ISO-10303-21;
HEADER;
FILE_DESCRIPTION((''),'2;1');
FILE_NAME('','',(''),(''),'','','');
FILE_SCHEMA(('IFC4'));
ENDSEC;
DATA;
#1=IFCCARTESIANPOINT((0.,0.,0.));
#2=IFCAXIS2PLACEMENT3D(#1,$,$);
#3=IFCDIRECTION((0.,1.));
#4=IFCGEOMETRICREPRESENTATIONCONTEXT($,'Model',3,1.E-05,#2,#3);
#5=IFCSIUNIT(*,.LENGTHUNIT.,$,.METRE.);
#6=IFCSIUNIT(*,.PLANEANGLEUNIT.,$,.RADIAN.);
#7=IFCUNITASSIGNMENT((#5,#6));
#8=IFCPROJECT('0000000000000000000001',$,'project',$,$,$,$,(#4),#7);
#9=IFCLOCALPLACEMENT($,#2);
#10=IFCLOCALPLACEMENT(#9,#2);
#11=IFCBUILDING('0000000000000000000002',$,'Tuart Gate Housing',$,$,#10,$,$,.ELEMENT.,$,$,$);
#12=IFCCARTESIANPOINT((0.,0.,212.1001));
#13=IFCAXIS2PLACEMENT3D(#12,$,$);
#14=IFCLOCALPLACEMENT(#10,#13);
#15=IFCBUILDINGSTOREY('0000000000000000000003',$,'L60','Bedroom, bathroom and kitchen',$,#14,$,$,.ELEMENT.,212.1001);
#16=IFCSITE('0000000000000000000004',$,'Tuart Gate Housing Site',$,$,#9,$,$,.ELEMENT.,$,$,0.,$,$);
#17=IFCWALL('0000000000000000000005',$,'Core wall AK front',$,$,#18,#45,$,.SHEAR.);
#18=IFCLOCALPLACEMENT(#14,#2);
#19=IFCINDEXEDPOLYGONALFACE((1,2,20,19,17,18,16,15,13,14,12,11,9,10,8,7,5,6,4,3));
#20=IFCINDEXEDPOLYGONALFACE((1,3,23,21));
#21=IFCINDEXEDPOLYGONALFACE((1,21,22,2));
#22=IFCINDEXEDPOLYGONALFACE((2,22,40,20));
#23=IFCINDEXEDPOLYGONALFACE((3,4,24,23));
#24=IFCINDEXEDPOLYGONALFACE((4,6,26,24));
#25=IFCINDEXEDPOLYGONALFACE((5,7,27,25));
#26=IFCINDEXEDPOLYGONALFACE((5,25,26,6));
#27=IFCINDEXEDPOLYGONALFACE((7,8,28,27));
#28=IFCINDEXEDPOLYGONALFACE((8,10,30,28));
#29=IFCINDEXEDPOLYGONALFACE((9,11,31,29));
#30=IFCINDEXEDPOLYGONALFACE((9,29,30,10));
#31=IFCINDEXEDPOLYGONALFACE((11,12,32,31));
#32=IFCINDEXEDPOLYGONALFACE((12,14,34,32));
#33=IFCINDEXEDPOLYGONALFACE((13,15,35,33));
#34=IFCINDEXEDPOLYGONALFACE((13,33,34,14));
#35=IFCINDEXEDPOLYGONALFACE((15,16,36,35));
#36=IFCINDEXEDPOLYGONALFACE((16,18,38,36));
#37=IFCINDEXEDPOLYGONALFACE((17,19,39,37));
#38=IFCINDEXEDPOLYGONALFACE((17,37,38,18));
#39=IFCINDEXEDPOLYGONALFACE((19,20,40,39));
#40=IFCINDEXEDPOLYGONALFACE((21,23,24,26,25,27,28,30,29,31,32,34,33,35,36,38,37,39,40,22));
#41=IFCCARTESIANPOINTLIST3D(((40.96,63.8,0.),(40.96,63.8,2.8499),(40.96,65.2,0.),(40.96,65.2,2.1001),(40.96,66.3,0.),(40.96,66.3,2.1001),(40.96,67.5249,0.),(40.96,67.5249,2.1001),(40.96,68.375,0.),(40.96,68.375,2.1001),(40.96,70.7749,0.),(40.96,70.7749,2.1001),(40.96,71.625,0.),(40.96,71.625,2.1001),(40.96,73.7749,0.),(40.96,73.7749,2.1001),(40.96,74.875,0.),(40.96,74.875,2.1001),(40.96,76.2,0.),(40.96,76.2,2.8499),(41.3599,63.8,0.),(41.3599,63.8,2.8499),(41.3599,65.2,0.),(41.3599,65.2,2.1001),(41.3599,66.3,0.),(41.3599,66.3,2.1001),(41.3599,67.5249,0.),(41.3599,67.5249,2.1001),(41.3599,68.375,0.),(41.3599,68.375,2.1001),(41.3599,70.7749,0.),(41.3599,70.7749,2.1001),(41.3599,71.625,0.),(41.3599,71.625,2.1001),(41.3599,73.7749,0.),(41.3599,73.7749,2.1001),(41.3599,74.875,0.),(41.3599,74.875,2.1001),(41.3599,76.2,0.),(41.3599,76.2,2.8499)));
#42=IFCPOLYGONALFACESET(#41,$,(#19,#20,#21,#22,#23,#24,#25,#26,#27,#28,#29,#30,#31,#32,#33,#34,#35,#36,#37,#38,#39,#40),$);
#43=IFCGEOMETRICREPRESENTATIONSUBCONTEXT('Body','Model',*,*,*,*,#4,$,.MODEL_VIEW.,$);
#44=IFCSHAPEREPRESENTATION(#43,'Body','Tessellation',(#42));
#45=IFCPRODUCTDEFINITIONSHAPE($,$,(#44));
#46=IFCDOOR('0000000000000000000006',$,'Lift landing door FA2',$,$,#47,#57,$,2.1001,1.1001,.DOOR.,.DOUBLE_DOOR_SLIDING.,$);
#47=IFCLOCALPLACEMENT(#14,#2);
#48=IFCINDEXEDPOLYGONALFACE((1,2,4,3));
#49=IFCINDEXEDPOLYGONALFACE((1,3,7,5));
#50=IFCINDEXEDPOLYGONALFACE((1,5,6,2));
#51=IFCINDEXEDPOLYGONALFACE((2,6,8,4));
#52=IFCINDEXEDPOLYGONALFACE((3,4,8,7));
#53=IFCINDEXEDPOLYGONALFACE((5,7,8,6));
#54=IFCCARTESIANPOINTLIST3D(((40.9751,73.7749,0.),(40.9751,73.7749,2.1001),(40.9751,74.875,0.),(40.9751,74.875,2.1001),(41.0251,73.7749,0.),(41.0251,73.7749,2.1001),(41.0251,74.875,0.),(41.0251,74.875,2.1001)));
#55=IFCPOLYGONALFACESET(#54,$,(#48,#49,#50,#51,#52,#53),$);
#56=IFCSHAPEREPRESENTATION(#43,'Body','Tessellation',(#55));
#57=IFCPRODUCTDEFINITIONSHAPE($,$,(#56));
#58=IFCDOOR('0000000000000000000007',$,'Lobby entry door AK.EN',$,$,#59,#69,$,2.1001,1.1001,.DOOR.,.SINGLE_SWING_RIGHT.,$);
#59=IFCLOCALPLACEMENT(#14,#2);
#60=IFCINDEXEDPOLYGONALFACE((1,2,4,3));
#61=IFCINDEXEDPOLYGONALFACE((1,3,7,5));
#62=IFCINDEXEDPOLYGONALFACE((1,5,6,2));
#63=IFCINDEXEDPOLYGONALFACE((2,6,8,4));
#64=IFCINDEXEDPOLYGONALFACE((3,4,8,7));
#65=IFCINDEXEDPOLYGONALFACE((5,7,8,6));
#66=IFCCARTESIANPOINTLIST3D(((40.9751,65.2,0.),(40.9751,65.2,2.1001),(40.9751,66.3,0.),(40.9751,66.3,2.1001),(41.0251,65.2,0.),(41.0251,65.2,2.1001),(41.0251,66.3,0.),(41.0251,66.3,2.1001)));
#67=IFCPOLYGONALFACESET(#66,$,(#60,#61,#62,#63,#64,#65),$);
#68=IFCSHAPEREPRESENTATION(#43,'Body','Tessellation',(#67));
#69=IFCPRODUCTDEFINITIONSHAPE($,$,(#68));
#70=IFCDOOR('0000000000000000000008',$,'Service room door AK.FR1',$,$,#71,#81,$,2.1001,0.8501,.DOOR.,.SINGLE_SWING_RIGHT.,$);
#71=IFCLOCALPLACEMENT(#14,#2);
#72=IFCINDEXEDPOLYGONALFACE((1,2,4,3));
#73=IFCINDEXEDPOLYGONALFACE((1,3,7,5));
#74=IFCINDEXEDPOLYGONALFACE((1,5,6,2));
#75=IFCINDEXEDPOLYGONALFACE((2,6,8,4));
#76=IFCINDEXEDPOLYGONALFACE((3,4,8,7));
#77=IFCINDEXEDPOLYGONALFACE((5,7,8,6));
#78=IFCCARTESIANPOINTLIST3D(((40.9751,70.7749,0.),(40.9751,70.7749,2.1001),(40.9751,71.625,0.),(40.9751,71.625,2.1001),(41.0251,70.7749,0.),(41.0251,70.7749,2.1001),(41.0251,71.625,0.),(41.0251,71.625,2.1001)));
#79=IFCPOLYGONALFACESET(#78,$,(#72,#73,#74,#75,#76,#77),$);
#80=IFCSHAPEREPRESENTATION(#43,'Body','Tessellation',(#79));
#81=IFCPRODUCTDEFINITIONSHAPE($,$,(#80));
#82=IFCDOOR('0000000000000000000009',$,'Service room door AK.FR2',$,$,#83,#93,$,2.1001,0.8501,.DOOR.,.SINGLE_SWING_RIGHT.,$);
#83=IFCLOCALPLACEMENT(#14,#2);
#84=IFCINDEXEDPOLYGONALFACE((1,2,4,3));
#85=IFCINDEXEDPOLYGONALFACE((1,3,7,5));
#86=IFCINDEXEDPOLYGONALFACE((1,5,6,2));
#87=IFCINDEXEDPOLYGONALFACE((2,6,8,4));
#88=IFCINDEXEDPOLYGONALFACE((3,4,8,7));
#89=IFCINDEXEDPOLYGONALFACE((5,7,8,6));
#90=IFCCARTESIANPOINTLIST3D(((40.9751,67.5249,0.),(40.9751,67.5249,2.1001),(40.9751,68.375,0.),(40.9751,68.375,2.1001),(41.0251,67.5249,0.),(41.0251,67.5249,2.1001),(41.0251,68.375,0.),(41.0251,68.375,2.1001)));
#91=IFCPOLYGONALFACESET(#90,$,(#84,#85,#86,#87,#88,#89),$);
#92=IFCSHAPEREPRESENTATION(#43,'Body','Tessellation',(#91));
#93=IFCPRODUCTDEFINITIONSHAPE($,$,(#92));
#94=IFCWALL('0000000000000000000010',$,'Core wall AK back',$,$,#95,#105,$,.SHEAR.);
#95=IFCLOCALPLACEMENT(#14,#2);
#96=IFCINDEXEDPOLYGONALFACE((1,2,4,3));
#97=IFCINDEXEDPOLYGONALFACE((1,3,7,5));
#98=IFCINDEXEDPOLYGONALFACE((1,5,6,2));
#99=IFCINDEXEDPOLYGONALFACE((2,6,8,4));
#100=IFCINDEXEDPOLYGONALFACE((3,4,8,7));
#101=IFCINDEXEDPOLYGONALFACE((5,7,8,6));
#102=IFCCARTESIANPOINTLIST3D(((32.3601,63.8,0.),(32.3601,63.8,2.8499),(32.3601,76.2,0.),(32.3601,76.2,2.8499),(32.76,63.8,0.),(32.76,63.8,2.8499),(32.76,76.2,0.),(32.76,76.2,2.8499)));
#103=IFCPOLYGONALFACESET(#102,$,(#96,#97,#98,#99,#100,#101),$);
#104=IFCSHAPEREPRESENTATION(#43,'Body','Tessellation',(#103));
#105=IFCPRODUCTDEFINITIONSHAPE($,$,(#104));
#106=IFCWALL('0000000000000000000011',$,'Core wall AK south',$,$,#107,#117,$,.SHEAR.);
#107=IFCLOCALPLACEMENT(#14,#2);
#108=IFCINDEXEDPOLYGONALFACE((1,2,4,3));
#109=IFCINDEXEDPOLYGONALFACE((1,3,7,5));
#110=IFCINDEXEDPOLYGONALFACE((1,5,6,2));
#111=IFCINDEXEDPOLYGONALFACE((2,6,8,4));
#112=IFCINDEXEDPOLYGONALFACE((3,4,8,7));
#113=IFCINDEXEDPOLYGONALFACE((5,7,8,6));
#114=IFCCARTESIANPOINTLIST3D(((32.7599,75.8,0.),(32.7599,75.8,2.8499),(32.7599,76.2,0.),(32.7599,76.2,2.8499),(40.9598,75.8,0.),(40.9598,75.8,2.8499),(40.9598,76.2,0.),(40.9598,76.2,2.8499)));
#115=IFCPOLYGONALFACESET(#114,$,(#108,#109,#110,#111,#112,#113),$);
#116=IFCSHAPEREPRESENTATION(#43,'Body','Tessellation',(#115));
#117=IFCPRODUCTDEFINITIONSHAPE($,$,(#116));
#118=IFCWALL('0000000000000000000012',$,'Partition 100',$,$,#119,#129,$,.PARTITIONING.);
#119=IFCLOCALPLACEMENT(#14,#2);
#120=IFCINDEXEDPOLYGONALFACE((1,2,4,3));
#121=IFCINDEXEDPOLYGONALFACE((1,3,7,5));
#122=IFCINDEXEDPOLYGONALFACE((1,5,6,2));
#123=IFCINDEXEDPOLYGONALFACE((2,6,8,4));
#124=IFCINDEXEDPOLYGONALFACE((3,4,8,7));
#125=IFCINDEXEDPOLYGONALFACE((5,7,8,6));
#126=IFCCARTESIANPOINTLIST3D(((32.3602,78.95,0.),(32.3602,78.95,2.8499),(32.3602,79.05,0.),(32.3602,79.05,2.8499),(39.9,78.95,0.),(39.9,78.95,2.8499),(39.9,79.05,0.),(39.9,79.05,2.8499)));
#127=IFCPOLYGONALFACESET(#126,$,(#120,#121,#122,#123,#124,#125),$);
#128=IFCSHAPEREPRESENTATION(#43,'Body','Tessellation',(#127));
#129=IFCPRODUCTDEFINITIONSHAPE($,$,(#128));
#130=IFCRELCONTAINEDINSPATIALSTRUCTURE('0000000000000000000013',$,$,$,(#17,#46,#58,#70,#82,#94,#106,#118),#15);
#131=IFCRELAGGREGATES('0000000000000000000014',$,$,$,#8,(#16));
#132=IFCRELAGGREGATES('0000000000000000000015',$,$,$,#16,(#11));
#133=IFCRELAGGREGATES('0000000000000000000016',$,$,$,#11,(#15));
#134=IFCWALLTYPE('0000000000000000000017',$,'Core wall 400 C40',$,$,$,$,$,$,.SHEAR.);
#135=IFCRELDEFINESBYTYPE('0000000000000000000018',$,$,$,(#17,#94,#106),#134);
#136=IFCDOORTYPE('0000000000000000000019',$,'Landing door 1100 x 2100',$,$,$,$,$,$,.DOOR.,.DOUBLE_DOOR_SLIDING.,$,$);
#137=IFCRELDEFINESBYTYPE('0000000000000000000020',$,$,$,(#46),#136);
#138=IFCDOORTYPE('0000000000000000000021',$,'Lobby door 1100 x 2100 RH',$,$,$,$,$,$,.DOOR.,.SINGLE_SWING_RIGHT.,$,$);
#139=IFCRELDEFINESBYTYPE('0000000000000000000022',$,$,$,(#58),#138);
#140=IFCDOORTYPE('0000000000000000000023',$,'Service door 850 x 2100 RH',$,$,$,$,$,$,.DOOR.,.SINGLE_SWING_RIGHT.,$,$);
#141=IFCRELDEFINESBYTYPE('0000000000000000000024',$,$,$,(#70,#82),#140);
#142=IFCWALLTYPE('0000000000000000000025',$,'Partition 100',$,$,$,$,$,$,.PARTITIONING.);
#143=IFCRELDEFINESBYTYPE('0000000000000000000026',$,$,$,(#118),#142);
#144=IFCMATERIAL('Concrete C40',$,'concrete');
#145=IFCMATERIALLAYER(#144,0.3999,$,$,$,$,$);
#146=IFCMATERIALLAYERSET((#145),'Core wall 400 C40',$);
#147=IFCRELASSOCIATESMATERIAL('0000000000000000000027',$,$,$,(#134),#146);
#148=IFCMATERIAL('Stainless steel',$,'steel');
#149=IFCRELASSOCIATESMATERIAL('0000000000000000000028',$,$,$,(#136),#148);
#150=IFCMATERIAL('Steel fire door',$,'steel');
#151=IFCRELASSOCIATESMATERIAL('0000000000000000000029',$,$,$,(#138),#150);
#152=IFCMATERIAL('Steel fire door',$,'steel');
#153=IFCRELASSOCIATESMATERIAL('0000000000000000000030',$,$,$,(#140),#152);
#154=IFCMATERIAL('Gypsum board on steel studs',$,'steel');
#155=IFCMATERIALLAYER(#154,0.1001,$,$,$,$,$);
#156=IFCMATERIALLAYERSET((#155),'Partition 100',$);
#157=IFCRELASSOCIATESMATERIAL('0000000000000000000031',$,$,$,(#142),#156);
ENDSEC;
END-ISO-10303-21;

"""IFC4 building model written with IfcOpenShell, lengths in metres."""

from ifc_helpers import new_model, si_unit, direction, frame, frame_2d, origin, place, context, subcontext, project, spatial, rectangle, extrude, material, layer, layer_set, type_object, element, fill, save


model = new_model("IFC4")

# Units and contexts
model_context = context("Model", 3, precision=1e-05, world=origin(), true_north=direction((0.0, 1.0)))
body_context = subcontext(model_context, "Body", "Model", "MODEL_VIEW")
ifc_project = project(units=[si_unit("LENGTHUNIT", "METRE"), si_unit("PLANEANGLEUNIT", "RADIAN")], contexts=[model_context])

# Site, building, storey
site_placement = place(None, origin())
site = spatial("IfcSite", under=ifc_project, at=site_placement, Name="Tuart Gate Housing Site", CompositionType="ELEMENT", RefElevation=0.0)
building_placement = place(site_placement, origin())
building = spatial("IfcBuilding", under=site, at=building_placement, Name="Tuart Gate Housing", CompositionType="ELEMENT")
storey_placement = place(building_placement, frame((0.0, 0.0, 212.1001)))
storey = spatial("IfcBuildingStorey", under=building, at=storey_placement, Name="L60", Description="Bedroom, bathroom and kitchen", CompositionType="ELEMENT", Elevation=212.1001)

# Wall, openings, doors
ifc_material_1 = material(Name="Concrete C40", Category="concrete")
ifc_layer_1 = layer(ifc_material_1, 0.3999)
ifc_layer_set_1 = layer_set([ifc_layer_1], Name="Core wall 400 C40")
wall_type_1 = type_object("IfcWallType", Name="Core wall 400 C40", PredefinedType="SHEAR", material=ifc_layer_set_1)
wall_1_placement = place(storey_placement, frame((41.1599, 76.2, 0.0), z_axis=(0.0, 0.0, 1.0), x_axis=(0.0, -1.0, 0.0)))
wall_1 = element("IfcWall", 1, at=wall_1_placement, inside=storey, type_object=wall_type_1, Name="Core wall AK front", PredefinedType="SHEAR", context=body_context, shape_type="SweptSolid", body=[
    extrude(rectangle(XDim=12.3999, YDim=0.3999, at=frame_2d((6.2, 0.0))), origin(), (0.0, 0.0, 1.0), 2.8499),
])
opening_1_placement = place(wall_1_placement, frame((1.325, 0.0, 0.0)))
opening_1 = element("IfcOpeningElement", 2, at=opening_1_placement, cuts=wall_1, PredefinedType="OPENING", context=body_context, shape_type="SweptSolid", body=[
    extrude(rectangle(XDim=1.1001, YDim=2.1001, at=frame_2d((0.55, 1.05))), frame((0.0, 0.21, 0.0), z_axis=(0.0, -1.0, 0.0), x_axis=(1.0, 0.0, 0.0)), (0.0, 0.0, 1.0), 0.4199),
])
opening_2_placement = place(wall_1_placement, frame((4.575, 0.0, 0.0)))
opening_2 = element("IfcOpeningElement", 3, at=opening_2_placement, cuts=wall_1, PredefinedType="OPENING", context=body_context, shape_type="SweptSolid", body=[
    extrude(rectangle(XDim=0.8501, YDim=2.1001, at=frame_2d((0.425, 1.05))), frame((0.0, 0.21, 0.0), z_axis=(0.0, -1.0, 0.0), x_axis=(1.0, 0.0, 0.0)), (0.0, 0.0, 1.0), 0.4199),
])
opening_3_placement = place(wall_1_placement, frame((7.825, 0.0, 0.0)))
opening_3 = element("IfcOpeningElement", 4, at=opening_3_placement, cuts=wall_1, PredefinedType="OPENING", context=body_context, shape_type="SweptSolid", body=[
    extrude(rectangle(XDim=0.8501, YDim=2.1001, at=frame_2d((0.425, 1.05))), frame((0.0, 0.21, 0.0), z_axis=(0.0, -1.0, 0.0), x_axis=(1.0, 0.0, 0.0)), (0.0, 0.0, 1.0), 0.4199),
])
opening_4_placement = place(wall_1_placement, frame((9.8999, 0.0, 0.0)))
opening_4 = element("IfcOpeningElement", 5, at=opening_4_placement, cuts=wall_1, PredefinedType="OPENING", context=body_context, shape_type="SweptSolid", body=[
    extrude(rectangle(XDim=1.1001, YDim=2.1001, at=frame_2d((0.55, 1.05))), frame((0.0, 0.21, 0.0), z_axis=(0.0, -1.0, 0.0), x_axis=(1.0, 0.0, 0.0)), (0.0, 0.0, 1.0), 0.4199),
])
ifc_material_2 = material(Name="Stainless steel", Category="steel")
door_type_1 = type_object("IfcDoorType", Name="Landing door 1100 x 2100", OperationType="DOUBLE_DOOR_SLIDING", PredefinedType="DOOR", material=ifc_material_2)
door_1_placement = place(opening_1_placement, origin())
door_1 = element("IfcDoor", 6, at=door_1_placement, inside=storey, type_object=door_type_1, Name="Lift landing door FA2", OperationType="DOUBLE_DOOR_SLIDING", OverallHeight=2.1001, OverallWidth=1.1001, PredefinedType="DOOR", context=body_context, shape_type="SweptSolid", body=[
    extrude(rectangle(XDim=1.1001, YDim=2.1001, at=frame_2d((0.55, 1.05))), frame((0.0, -0.1348, 0.0), z_axis=(0.0, -1.0, 0.0), x_axis=(1.0, 0.0, 0.0)), (0.0, 0.0, 1.0), 0.05),
])
fill(opening_1, door_1)
ifc_material_3 = material(Name="Steel fire door", Category="steel")
door_type_2 = type_object("IfcDoorType", Name="Lobby door 1100 x 2100 RH", OperationType="SINGLE_SWING_RIGHT", PredefinedType="DOOR", material=ifc_material_3)
door_2_placement = place(opening_4_placement, frame((1.1001, 0.0, 0.0), z_axis=(0.0, 0.0, 1.0), x_axis=(-1.0, 0.0, 0.0)))
door_2 = element("IfcDoor", 7, at=door_2_placement, inside=storey, type_object=door_type_2, Name="Lobby entry door AK.EN", OperationType="SINGLE_SWING_RIGHT", OverallHeight=2.1001, OverallWidth=1.1001, PredefinedType="DOOR", context=body_context, shape_type="SweptSolid", body=[
    extrude(rectangle(XDim=1.1001, YDim=2.1001, at=frame_2d((0.55, 1.05))), frame((0.0, 0.1848, 0.0), z_axis=(0.0, -1.0, 0.0), x_axis=(1.0, 0.0, 0.0)), (0.0, 0.0, 1.0), 0.05),
])
fill(opening_4, door_2)
ifc_material_4 = material(Name="Steel fire door", Category="steel")
door_type_3 = type_object("IfcDoorType", Name="Service door 850 x 2100 RH", OperationType="SINGLE_SWING_RIGHT", PredefinedType="DOOR", material=ifc_material_4)
door_3_placement = place(opening_2_placement, frame((0.8501, 0.0, 0.0), z_axis=(0.0, 0.0, 1.0), x_axis=(-1.0, 0.0, 0.0)))
door_3 = element("IfcDoor", 8, at=door_3_placement, inside=storey, type_object=door_type_3, Name="Service room door AK.FR1", OperationType="SINGLE_SWING_RIGHT", OverallHeight=2.1001, OverallWidth=0.8501, PredefinedType="DOOR", context=body_context, shape_type="SweptSolid", body=[
    extrude(rectangle(XDim=0.8501, YDim=2.1001, at=frame_2d((0.425, 1.05))), frame((0.0, 0.1848, 0.0), z_axis=(0.0, -1.0, 0.0), x_axis=(1.0, 0.0, 0.0)), (0.0, 0.0, 1.0), 0.05),
])
fill(opening_2, door_3)
door_4_placement = place(opening_3_placement, frame((0.8501, 0.0, 0.0), z_axis=(0.0, 0.0, 1.0), x_axis=(-1.0, 0.0, 0.0)))
door_4 = element("IfcDoor", 9, at=door_4_placement, inside=storey, type_object=door_type_3, Name="Service room door AK.FR2", OperationType="SINGLE_SWING_RIGHT", OverallHeight=2.1001, OverallWidth=0.8501, PredefinedType="DOOR", context=body_context, shape_type="SweptSolid", body=[
    extrude(rectangle(XDim=0.8501, YDim=2.1001, at=frame_2d((0.425, 1.05))), frame((0.0, 0.1848, 0.0), z_axis=(0.0, -1.0, 0.0), x_axis=(1.0, 0.0, 0.0)), (0.0, 0.0, 1.0), 0.05),
])
fill(opening_3, door_4)

# Walls
wall_2_placement = place(storey_placement, frame((32.5601, 76.2, 0.0), z_axis=(0.0, 0.0, 1.0), x_axis=(0.0, -1.0, 0.0)))
element("IfcWall", 10, at=wall_2_placement, inside=storey, type_object=wall_type_1, Name="Core wall AK back", PredefinedType="SHEAR", context=body_context, shape_type="SweptSolid", body=[
    extrude(rectangle(XDim=12.3999, YDim=0.3999, at=frame_2d((6.2, 0.0))), origin(), (0.0, 0.0, 1.0), 2.8499),
])
wall_3_placement = place(storey_placement, frame((40.96, 76.0, 0.0), z_axis=(0.0, 0.0, 1.0), x_axis=(-1.0, 0.0, 0.0)))
element("IfcWall", 11, at=wall_3_placement, inside=storey, type_object=wall_type_1, Name="Core wall AK south", PredefinedType="SHEAR", context=body_context, shape_type="SweptSolid", body=[
    extrude(rectangle(XDim=8.2, YDim=0.3999, at=frame_2d((4.1001, 0.0))), origin(), (0.0, 0.0, 1.0), 2.8499),
])
ifc_material_5 = material(Name="Gypsum board on steel studs", Category="steel")
ifc_layer_2 = layer(ifc_material_5, 0.1001)
ifc_layer_set_2 = layer_set([ifc_layer_2], Name="Partition 100")
wall_type_2 = type_object("IfcWallType", Name="Partition 100", PredefinedType="PARTITIONING", material=ifc_layer_set_2)
wall_4_placement = place(storey_placement, frame((32.3601, 79.0, 0.0), z_axis=(0.0, 0.0, 1.0), x_axis=(1.0, 0.0, 0.0)))
element("IfcWall", 12, at=wall_4_placement, inside=storey, type_object=wall_type_2, Name="Partition 100", PredefinedType="PARTITIONING", context=body_context, shape_type="SweptSolid", body=[
    extrude(rectangle(XDim=7.5398, YDim=0.1001, at=frame_2d((3.77, 0.0))), origin(), (0.0, 0.0, 1.0), 2.8499),
])

save(model, "model.ifc")
